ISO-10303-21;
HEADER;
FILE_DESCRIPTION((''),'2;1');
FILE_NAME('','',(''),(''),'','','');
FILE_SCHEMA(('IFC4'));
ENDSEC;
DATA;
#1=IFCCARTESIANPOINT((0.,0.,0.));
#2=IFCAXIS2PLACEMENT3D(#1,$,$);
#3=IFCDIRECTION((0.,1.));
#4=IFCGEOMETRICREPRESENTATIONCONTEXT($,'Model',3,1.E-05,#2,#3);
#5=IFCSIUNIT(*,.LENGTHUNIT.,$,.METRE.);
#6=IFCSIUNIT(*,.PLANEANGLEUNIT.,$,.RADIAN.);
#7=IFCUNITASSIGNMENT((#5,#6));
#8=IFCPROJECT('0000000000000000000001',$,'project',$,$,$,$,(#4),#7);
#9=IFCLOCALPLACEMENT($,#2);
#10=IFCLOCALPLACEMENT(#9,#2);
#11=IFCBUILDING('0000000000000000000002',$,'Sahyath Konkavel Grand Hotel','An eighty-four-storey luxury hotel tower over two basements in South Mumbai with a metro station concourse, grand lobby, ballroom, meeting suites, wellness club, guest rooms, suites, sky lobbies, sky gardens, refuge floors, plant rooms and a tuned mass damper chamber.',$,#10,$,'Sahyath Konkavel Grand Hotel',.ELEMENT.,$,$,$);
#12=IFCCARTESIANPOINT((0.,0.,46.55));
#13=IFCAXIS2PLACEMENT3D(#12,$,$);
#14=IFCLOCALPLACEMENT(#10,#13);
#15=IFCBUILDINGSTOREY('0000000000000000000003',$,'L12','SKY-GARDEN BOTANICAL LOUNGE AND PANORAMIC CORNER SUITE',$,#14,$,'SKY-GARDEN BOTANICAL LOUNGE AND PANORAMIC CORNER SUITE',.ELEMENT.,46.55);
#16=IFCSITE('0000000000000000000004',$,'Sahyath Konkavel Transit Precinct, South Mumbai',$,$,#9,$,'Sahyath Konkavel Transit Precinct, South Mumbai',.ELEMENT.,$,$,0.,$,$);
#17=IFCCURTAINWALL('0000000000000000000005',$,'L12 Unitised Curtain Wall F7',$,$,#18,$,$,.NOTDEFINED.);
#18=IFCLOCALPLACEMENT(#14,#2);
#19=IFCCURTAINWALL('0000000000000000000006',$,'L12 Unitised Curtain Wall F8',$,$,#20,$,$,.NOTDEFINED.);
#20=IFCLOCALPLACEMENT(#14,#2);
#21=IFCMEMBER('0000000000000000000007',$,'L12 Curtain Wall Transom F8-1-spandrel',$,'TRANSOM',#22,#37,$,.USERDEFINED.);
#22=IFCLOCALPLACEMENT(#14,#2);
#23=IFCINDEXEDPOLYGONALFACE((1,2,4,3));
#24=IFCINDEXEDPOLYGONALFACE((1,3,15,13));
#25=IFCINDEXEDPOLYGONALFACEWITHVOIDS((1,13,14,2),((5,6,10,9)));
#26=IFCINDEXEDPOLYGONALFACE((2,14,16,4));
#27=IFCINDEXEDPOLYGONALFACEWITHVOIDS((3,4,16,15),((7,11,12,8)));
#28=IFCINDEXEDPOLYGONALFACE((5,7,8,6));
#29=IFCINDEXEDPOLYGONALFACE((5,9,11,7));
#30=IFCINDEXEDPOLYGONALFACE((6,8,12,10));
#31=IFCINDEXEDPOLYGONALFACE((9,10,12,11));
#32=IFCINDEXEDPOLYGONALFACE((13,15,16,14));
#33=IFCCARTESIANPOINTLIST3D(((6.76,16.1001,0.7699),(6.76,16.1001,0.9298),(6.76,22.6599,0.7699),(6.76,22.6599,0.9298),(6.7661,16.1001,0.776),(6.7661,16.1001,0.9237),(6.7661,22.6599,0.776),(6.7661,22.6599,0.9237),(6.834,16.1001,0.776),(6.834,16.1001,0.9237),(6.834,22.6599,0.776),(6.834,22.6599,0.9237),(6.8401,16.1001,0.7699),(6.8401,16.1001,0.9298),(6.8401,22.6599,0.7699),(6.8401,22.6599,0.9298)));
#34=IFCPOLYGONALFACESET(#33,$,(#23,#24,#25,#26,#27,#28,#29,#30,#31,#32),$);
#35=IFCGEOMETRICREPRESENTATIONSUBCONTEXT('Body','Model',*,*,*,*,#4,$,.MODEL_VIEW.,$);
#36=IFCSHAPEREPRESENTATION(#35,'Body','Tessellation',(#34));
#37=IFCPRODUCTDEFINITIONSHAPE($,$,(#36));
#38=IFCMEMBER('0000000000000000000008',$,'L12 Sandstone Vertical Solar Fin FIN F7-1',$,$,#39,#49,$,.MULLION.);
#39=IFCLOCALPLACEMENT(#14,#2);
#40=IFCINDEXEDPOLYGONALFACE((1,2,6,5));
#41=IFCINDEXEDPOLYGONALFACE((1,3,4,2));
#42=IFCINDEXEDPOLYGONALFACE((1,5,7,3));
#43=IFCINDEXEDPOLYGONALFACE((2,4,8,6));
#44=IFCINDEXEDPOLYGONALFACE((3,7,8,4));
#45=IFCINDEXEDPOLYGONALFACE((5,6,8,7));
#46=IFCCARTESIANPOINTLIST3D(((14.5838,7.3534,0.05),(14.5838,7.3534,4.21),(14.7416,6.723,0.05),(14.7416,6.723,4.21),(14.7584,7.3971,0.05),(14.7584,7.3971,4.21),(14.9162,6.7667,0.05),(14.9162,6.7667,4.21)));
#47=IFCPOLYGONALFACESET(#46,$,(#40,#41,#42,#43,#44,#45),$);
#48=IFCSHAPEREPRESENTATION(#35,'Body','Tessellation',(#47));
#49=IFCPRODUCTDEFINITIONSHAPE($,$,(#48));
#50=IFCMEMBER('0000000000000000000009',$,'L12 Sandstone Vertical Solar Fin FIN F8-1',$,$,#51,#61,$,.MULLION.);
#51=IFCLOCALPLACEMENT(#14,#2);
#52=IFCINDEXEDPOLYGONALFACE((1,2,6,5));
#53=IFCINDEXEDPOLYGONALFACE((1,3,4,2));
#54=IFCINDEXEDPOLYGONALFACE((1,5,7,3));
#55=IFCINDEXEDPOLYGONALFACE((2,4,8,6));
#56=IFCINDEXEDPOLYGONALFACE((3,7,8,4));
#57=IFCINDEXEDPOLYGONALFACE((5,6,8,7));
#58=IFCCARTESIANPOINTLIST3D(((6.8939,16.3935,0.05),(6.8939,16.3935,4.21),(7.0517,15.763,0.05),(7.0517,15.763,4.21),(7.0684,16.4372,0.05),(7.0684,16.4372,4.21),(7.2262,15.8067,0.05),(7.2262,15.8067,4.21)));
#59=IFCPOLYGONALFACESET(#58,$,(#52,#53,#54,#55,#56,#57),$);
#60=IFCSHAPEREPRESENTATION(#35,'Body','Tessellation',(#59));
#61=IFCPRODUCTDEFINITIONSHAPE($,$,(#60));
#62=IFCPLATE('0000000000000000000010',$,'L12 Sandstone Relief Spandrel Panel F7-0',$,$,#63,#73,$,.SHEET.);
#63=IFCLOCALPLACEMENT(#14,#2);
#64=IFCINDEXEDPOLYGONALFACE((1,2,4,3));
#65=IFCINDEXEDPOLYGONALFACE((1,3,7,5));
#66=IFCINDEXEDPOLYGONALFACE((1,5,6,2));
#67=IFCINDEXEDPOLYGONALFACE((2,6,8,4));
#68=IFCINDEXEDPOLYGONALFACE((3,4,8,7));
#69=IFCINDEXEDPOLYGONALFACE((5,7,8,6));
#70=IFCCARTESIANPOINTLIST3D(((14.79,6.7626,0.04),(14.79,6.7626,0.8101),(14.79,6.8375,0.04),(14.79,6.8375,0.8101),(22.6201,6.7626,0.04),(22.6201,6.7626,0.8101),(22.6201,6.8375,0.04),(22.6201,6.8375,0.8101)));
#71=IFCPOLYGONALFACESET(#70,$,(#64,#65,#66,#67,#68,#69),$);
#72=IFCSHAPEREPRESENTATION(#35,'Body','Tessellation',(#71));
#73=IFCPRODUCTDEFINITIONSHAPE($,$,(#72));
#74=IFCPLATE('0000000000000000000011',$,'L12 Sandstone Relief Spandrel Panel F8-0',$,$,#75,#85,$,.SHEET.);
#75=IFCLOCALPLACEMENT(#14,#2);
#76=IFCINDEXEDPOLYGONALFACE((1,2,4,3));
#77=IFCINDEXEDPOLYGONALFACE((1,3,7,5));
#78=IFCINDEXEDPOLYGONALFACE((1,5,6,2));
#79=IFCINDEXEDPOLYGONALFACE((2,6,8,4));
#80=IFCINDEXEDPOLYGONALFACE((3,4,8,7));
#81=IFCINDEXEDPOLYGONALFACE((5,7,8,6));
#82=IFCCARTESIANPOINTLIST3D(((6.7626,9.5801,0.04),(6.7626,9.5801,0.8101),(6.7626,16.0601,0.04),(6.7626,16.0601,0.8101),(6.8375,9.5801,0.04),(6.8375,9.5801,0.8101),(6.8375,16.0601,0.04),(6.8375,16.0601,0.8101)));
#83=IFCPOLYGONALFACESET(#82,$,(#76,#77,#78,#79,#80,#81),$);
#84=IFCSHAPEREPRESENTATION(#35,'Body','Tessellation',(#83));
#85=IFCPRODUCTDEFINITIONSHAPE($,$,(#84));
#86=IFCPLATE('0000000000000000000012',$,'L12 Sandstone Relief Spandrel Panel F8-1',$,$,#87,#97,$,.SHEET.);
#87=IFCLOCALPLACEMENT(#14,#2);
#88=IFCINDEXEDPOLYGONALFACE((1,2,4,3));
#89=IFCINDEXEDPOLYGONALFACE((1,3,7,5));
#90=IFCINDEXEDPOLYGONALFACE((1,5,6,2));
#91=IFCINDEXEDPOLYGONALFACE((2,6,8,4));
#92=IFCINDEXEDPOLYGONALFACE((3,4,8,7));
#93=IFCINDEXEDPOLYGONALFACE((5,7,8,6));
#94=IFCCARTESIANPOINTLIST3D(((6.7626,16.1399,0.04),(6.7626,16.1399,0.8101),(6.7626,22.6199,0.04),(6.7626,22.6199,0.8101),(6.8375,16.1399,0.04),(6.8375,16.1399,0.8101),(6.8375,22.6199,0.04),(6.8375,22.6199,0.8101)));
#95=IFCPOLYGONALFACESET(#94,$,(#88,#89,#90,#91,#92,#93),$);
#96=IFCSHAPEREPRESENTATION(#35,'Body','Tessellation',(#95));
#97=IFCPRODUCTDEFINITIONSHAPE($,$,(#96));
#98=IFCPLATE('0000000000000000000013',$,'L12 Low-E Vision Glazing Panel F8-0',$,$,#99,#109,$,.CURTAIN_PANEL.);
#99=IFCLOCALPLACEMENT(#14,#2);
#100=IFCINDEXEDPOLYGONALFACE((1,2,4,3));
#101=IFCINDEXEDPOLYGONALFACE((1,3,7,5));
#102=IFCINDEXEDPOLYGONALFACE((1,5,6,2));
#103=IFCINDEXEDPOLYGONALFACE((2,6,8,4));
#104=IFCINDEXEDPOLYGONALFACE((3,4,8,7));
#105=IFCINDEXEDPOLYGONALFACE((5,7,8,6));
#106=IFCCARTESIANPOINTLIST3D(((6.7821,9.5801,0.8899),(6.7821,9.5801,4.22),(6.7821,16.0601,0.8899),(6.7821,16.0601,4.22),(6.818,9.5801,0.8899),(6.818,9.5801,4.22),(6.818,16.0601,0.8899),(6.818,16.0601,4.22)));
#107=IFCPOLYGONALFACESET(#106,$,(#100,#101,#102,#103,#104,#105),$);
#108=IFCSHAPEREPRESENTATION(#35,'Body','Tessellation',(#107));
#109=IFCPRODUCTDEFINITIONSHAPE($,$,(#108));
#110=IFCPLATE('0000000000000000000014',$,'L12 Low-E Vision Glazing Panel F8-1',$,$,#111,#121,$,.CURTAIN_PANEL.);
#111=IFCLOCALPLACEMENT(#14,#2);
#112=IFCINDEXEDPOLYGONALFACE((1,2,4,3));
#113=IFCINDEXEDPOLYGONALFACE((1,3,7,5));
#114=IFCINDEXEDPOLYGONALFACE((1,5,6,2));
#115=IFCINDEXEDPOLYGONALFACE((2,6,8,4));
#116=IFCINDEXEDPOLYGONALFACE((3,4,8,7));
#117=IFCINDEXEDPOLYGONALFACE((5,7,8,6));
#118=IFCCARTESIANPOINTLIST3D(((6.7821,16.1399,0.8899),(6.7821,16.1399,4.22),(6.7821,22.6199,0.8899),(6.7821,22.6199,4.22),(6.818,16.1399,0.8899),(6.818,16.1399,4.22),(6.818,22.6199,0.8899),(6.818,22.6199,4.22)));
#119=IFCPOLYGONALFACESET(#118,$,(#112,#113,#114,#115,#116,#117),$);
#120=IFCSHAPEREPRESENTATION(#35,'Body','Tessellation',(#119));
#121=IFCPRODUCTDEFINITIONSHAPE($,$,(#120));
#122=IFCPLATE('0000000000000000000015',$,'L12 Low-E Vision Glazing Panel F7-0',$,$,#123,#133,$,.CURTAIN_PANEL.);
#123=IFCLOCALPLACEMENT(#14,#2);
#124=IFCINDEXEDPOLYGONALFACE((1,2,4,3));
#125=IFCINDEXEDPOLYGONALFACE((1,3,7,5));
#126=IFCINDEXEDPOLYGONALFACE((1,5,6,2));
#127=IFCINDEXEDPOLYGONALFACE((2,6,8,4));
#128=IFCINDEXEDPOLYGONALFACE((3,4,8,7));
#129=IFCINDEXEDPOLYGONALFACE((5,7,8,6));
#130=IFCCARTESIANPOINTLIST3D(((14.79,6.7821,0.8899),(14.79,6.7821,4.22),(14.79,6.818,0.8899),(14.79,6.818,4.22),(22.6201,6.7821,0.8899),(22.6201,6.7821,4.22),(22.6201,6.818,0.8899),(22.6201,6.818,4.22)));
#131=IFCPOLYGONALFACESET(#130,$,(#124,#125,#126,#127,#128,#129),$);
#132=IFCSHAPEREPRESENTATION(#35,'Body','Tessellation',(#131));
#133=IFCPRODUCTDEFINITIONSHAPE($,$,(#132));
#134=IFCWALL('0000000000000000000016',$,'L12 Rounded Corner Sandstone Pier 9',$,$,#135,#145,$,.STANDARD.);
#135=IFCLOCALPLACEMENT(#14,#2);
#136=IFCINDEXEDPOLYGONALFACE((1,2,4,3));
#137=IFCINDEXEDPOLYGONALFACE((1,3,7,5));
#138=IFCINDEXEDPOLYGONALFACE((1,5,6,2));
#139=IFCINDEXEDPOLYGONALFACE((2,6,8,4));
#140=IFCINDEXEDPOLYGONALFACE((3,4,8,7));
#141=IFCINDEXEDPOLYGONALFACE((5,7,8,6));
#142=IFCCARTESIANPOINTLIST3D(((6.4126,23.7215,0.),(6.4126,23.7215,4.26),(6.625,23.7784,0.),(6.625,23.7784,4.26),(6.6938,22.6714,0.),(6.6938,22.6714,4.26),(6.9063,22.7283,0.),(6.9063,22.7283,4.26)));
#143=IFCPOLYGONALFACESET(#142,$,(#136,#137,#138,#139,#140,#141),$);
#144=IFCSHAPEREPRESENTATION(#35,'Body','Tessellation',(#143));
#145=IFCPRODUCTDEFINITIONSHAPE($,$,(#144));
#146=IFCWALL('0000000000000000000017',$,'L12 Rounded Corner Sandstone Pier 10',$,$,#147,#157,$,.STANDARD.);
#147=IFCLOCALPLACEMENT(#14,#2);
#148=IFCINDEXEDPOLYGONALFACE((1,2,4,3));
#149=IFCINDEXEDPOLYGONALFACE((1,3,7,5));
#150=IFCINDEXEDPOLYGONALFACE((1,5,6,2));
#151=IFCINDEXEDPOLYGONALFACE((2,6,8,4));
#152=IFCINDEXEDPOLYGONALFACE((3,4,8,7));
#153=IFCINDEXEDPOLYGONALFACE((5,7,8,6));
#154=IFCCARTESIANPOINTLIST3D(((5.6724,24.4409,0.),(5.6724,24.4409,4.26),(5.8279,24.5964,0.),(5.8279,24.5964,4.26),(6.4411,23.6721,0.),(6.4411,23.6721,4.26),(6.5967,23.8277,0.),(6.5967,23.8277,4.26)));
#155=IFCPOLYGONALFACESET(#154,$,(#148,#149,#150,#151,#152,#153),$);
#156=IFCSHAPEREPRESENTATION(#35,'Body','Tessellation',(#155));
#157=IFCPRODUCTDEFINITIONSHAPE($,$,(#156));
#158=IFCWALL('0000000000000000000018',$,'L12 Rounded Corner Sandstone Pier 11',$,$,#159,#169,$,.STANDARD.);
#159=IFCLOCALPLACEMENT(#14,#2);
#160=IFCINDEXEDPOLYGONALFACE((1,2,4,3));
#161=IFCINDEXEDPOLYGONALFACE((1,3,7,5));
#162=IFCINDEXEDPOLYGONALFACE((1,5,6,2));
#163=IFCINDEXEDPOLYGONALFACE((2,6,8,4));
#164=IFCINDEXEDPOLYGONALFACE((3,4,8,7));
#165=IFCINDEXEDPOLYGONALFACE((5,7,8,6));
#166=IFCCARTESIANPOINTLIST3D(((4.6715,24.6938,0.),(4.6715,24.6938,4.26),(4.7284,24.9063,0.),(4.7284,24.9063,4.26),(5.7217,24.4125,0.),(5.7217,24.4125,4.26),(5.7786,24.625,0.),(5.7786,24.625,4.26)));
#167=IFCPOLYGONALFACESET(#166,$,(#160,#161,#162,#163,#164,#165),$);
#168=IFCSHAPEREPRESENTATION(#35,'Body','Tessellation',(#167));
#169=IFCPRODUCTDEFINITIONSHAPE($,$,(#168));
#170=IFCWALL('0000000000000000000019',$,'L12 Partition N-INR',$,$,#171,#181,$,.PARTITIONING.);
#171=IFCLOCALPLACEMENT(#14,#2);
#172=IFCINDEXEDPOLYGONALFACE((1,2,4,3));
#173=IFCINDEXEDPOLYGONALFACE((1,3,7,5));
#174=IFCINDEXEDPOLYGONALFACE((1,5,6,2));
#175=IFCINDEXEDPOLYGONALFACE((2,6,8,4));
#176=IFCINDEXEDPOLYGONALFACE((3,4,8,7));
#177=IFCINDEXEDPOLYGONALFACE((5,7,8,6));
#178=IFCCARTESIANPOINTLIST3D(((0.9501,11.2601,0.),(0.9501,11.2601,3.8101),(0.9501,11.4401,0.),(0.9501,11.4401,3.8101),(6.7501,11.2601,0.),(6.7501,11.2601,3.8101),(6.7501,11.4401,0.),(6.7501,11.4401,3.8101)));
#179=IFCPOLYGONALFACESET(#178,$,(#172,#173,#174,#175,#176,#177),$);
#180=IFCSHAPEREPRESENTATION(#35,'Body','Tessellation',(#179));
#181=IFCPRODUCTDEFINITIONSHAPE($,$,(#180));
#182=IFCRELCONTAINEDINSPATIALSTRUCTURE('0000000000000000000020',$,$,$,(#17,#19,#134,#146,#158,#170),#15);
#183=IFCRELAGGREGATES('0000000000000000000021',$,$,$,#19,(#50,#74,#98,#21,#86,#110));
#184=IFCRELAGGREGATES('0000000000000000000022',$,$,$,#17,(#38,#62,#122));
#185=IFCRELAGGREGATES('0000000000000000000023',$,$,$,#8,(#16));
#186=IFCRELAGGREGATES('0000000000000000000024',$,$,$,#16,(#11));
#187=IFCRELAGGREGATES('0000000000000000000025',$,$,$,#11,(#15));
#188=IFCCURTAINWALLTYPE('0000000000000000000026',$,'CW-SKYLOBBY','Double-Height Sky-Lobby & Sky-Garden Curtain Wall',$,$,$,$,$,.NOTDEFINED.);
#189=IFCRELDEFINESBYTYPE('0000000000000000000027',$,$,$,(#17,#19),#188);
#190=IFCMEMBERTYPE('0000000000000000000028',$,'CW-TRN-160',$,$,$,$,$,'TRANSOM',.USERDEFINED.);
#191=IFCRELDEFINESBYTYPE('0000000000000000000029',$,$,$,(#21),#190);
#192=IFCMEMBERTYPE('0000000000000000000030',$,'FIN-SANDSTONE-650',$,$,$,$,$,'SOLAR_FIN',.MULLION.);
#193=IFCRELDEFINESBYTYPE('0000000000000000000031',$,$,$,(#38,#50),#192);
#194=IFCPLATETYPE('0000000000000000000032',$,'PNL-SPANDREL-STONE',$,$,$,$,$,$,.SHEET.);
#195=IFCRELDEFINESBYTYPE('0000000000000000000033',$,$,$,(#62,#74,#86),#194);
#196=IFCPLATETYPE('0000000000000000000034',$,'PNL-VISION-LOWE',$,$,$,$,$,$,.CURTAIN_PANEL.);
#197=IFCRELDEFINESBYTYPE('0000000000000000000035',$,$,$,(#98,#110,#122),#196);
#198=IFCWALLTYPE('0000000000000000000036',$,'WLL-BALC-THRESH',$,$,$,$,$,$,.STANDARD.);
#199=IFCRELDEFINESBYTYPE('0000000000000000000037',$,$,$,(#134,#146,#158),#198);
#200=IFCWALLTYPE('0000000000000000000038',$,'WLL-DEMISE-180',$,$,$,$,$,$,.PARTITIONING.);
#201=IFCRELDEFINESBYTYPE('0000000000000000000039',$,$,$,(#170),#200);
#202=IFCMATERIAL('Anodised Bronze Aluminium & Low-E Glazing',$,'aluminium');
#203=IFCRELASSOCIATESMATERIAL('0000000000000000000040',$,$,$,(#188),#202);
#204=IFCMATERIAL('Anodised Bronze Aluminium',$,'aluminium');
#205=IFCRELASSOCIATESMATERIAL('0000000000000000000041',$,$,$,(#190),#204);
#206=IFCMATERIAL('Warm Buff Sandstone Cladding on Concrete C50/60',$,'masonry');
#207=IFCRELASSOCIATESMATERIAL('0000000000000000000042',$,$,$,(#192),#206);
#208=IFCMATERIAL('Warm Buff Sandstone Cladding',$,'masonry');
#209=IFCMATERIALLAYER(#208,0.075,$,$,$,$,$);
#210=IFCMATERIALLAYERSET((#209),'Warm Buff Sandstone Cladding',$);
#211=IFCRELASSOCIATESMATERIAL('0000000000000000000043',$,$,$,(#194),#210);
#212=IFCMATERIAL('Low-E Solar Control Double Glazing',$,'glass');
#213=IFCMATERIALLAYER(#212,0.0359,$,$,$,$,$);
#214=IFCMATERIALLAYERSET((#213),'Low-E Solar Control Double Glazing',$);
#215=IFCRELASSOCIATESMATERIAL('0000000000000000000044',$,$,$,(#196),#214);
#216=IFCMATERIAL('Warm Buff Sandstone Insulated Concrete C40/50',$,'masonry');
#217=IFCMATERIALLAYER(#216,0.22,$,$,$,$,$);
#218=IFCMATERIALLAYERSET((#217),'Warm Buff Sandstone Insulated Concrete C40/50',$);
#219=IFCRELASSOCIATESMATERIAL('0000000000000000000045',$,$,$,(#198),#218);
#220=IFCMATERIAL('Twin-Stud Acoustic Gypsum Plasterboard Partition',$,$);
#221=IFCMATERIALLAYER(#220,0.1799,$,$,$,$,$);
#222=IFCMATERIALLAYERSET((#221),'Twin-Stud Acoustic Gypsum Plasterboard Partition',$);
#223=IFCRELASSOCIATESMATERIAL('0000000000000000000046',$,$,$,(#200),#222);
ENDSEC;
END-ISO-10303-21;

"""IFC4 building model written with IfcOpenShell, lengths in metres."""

from ifc_helpers import new_model, si_unit, direction, frame, frame_2d, origin, origin_2d, place, context, subcontext, project, spatial, rectangle, hollow_rectangle, extrude, source, transform, mapped, material, layer, layer_set, material_profile, profile_set, type_object, element, aggregate, save


model = new_model("IFC4")

# Units and contexts
model_context = context("Model", 3, precision=1e-05, world=origin(), true_north=direction((0.0, 1.0)))
body_context = subcontext(model_context, "Body", "Model", "MODEL_VIEW")
ifc_project = project(units=[si_unit("LENGTHUNIT", "METRE"), si_unit("PLANEANGLEUNIT", "RADIAN")], contexts=[model_context])

# Site, building, storey
site_placement = place(None, origin())
site = spatial("IfcSite", under=ifc_project, at=site_placement, Name="Sahyath Konkavel Transit Precinct, South Mumbai", LongName="Sahyath Konkavel Transit Precinct, South Mumbai", CompositionType="ELEMENT", RefElevation=0.0)
building_placement = place(site_placement, origin())
building = spatial("IfcBuilding", under=site, at=building_placement, Name="Sahyath Konkavel Grand Hotel", Description="An eighty-four-storey luxury hotel tower over two basements in South Mumbai with a metro station concourse, grand lobby, ballroom, meeting suites, wellness club, guest rooms, suites, sky lobbies, sky gardens, refuge floors, plant rooms and a tuned mass damper chamber.", LongName="Sahyath Konkavel Grand Hotel", CompositionType="ELEMENT")
storey_placement = place(building_placement, frame((0.0, 0.0, 46.55)))
storey = spatial("IfcBuildingStorey", under=building, at=storey_placement, Name="L12", Description="SKY-GARDEN BOTANICAL LOUNGE AND PANORAMIC CORNER SUITE", LongName="SKY-GARDEN BOTANICAL LOUNGE AND PANORAMIC CORNER SUITE", CompositionType="ELEMENT", Elevation=46.55)

# Curtain wall
ifc_material_1 = material(Name="Anodised Bronze Aluminium & Low-E Glazing", Category="aluminium")
curtain_wall_type = type_object("IfcCurtainWallType", Name="CW-SKYLOBBY", Description="Double-Height Sky-Lobby & Sky-Garden Curtain Wall", PredefinedType="NOTDEFINED", material=ifc_material_1)
curtain_wall_1_placement = place(storey_placement, origin())
curtain_wall_1 = element("IfcCurtainWall", 1, at=curtain_wall_1_placement, inside=storey, type_object=curtain_wall_type, Name="L12 Unitised Curtain Wall F7", PredefinedType="NOTDEFINED")
ifc_material_2 = material(Name="Anodised Bronze Aluminium", Category="aluminium")

# Curtain wall
curtain_wall_2_placement = place(storey_placement, origin())
curtain_wall_2 = element("IfcCurtainWall", 2, at=curtain_wall_2_placement, inside=storey, type_object=curtain_wall_type, Name="L12 Unitised Curtain Wall F8", PredefinedType="NOTDEFINED")

# Members
ifc_material_profile_1 = material_profile(ifc_material_2, hollow_rectangle(XDim=0.0801, YDim=0.1599, WallThickness=0.0061, at=origin_2d()), Name="RHS 160x80x6")
ifc_profile_set_1 = profile_set([ifc_material_profile_1], Name="Anodised Bronze Aluminium")
member_type_1 = type_object("IfcMemberType", Name="CW-TRN-160", ElementType="TRANSOM", PredefinedType="USERDEFINED", material=ifc_profile_set_1)
shared_shape_1 = source(origin(), body_context, "Body", "SweptSolid", [
    extrude(hollow_rectangle(XDim=0.0801, YDim=0.1599, WallThickness=0.0061, at=origin_2d()), origin(), (0.0, 0.0, 1.0), 6.5598),
])
member_1_placement = place(storey_placement, frame((6.8, 16.1001, 0.8499), z_axis=(0.0, 1.0, 0.0), x_axis=(-1.0, 0.0, 0.0)))
member_1 = element("IfcMember", 3, at=member_1_placement, type_object=member_type_1, Name="L12 Curtain Wall Transom F8-1-spandrel", ObjectType="TRANSOM", PredefinedType="USERDEFINED", context=body_context, shape_type="MappedRepresentation", body=[
    mapped(shared_shape_1, transform((0.0, 0.0, 0.0), scale=1.0)),
])
ifc_material_3 = material(Name="Warm Buff Sandstone Cladding on Concrete C50/60", Category="masonry")
ifc_material_profile_2 = material_profile(ifc_material_3, rectangle(XDim=0.1799, YDim=0.6499, at=origin_2d()), Name="FIN 180x650")
ifc_profile_set_2 = profile_set([ifc_material_profile_2], Name="Warm Buff Sandstone Cladding on Concrete C50/60")
member_type_2 = type_object("IfcMemberType", Name="FIN-SANDSTONE-650", ElementType="SOLAR_FIN", PredefinedType="MULLION", material=ifc_profile_set_2)
shared_shape_2 = source(origin(), body_context, "Body", "SweptSolid", [
    extrude(rectangle(XDim=0.1799, YDim=0.6499, at=origin_2d()), origin(), (0.0, 0.0, 1.0), 4.1599),
])
member_2_placement = place(storey_placement, frame((14.75, 7.0601, 0.05), z_axis=(0.0, 0.0, 1.0), x_axis=(0.970084, 0.242769, 0.0)))
member_2 = element("IfcMember", 4, at=member_2_placement, type_object=member_type_2, Name="L12 Sandstone Vertical Solar Fin FIN F7-1", PredefinedType="MULLION", context=body_context, shape_type="MappedRepresentation", body=[
    mapped(shared_shape_2, transform((0.0, 0.0, 0.0), scale=1.0)),
])
member_3_placement = place(storey_placement, frame((7.0601, 16.1001, 0.05), z_axis=(0.0, 0.0, 1.0), x_axis=(0.970084, 0.242769, 0.0)))
member_3 = element("IfcMember", 5, at=member_3_placement, type_object=member_type_2, Name="L12 Sandstone Vertical Solar Fin FIN F8-1", PredefinedType="MULLION", context=body_context, shape_type="MappedRepresentation", body=[
    mapped(shared_shape_2, transform((0.0, 0.0, 0.0), scale=1.0)),
])

# Plates
ifc_material_4 = material(Name="Warm Buff Sandstone Cladding", Category="masonry")
ifc_layer_1 = layer(ifc_material_4, 0.075)
ifc_layer_set_1 = layer_set([ifc_layer_1], Name="Warm Buff Sandstone Cladding")
plate_type_1 = type_object("IfcPlateType", Name="PNL-SPANDREL-STONE", PredefinedType="SHEET", material=ifc_layer_set_1)
shared_shape_3 = source(origin(), body_context, "Body", "SweptSolid", [
    extrude(rectangle(XDim=7.8301, YDim=0.075, at=origin_2d()), origin(), (0.0, 0.0, 1.0), 0.77),
])
plate_1_placement = place(storey_placement, frame((18.7051, 6.8, 0.04), z_axis=(0.0, 0.0, 1.0), x_axis=(-1.0, 0.0, 0.0)))
plate_1 = element("IfcPlate", 6, at=plate_1_placement, type_object=plate_type_1, Name="L12 Sandstone Relief Spandrel Panel F7-0", PredefinedType="SHEET", context=body_context, shape_type="MappedRepresentation", body=[
    mapped(shared_shape_3, transform((0.0, 0.0, 0.0), scale=1.0)),
])
shared_shape_4 = source(origin(), body_context, "Body", "SweptSolid", [
    extrude(rectangle(XDim=6.48, YDim=0.075, at=origin_2d()), origin(), (0.0, 0.0, 1.0), 0.77),
])
plate_2_placement = place(storey_placement, frame((6.8, 12.8201, 0.04), z_axis=(0.0, 0.0, 1.0), x_axis=(0.0, 1.0, 0.0)))
plate_2 = element("IfcPlate", 7, at=plate_2_placement, type_object=plate_type_1, Name="L12 Sandstone Relief Spandrel Panel F8-0", PredefinedType="SHEET", context=body_context, shape_type="MappedRepresentation", body=[
    mapped(shared_shape_4, transform((0.0, 0.0, 0.0), scale=1.0)),
])
plate_3_placement = place(storey_placement, frame((6.8, 19.3799, 0.04), z_axis=(0.0, 0.0, 1.0), x_axis=(0.0, 1.0, 0.0)))
plate_3 = element("IfcPlate", 8, at=plate_3_placement, type_object=plate_type_1, Name="L12 Sandstone Relief Spandrel Panel F8-1", PredefinedType="SHEET", context=body_context, shape_type="MappedRepresentation", body=[
    mapped(shared_shape_4, transform((0.0, 0.0, 0.0), scale=1.0)),
])
ifc_material_5 = material(Name="Low-E Solar Control Double Glazing", Category="glass")
ifc_layer_2 = layer(ifc_material_5, 0.0359)
ifc_layer_set_2 = layer_set([ifc_layer_2], Name="Low-E Solar Control Double Glazing")
plate_type_2 = type_object("IfcPlateType", Name="PNL-VISION-LOWE", PredefinedType="CURTAIN_PANEL", material=ifc_layer_set_2)
shared_shape_5 = source(origin(), body_context, "Body", "SweptSolid", [
    extrude(rectangle(XDim=6.48, YDim=0.0359, at=origin_2d()), origin(), (0.0, 0.0, 1.0), 3.3301),
])
plate_4_placement = place(storey_placement, frame((6.8, 12.8201, 0.8899), z_axis=(0.0, 0.0, 1.0), x_axis=(0.0, 1.0, 0.0)))
plate_4 = element("IfcPlate", 9, at=plate_4_placement, type_object=plate_type_2, Name="L12 Low-E Vision Glazing Panel F8-0", PredefinedType="CURTAIN_PANEL", context=body_context, shape_type="MappedRepresentation", body=[
    mapped(shared_shape_5, transform((0.0, 0.0, 0.0), scale=1.0)),
])
plate_5_placement = place(storey_placement, frame((6.8, 19.3799, 0.8899), z_axis=(0.0, 0.0, 1.0), x_axis=(0.0, 1.0, 0.0)))
plate_5 = element("IfcPlate", 10, at=plate_5_placement, type_object=plate_type_2, Name="L12 Low-E Vision Glazing Panel F8-1", PredefinedType="CURTAIN_PANEL", context=body_context, shape_type="MappedRepresentation", body=[
    mapped(shared_shape_5, transform((0.0, 0.0, 0.0), scale=1.0)),
])
aggregate(curtain_wall_2, [member_3, plate_2, plate_4, member_1, plate_3, plate_5])
shared_shape_6 = source(origin(), body_context, "Body", "SweptSolid", [
    extrude(rectangle(XDim=7.8301, YDim=0.0359, at=origin_2d()), origin(), (0.0, 0.0, 1.0), 3.3301),
])
plate_6_placement = place(storey_placement, frame((18.7051, 6.8, 0.8899), z_axis=(0.0, 0.0, 1.0), x_axis=(-1.0, 0.0, 0.0)))
plate_6 = element("IfcPlate", 11, at=plate_6_placement, type_object=plate_type_2, Name="L12 Low-E Vision Glazing Panel F7-0", PredefinedType="CURTAIN_PANEL", context=body_context, shape_type="MappedRepresentation", body=[
    mapped(shared_shape_6, transform((0.0, 0.0, 0.0), scale=1.0)),
])
aggregate(curtain_wall_1, [member_2, plate_1, plate_6])

# Walls
ifc_material_6 = material(Name="Warm Buff Sandstone Insulated Concrete C40/50", Category="masonry")
ifc_layer_3 = layer(ifc_material_6, 0.22)
ifc_layer_set_3 = layer_set([ifc_layer_3], Name="Warm Buff Sandstone Insulated Concrete C40/50")
wall_type_1 = type_object("IfcWallType", Name="WLL-BALC-THRESH", PredefinedType="STANDARD", material=ifc_layer_set_3)
for number, where, z_axis, x_axis, name in (
    (12, (6.8, 22.7, 0.0), (0.0, 0.0, 1.0), (-0.258725, 0.965951, 0.0), "L12 Rounded Corner Sandstone Pier 9"),
    (13, (6.5188, 23.75, 0.0), (0.0, 0.0, 1.0), (-0.707107, 0.707107, 0.0), "L12 Rounded Corner Sandstone Pier 10"),
    (14, (5.75, 24.5188, 0.0), (0.0, 0.0, 1.0), (-0.965951, 0.258725, 0.0), "L12 Rounded Corner Sandstone Pier 11"),
):
    element("IfcWall", number, at=place(storey_placement, frame(where, z_axis=z_axis, x_axis=x_axis)), inside=storey, type_object=wall_type_1, Name=name, PredefinedType="STANDARD", context=body_context, shape_type="SweptSolid", body=[
        extrude(rectangle(XDim=1.0872, YDim=0.22, at=frame_2d((0.5435, 0.0))), origin(), (0.0, 0.0, 1.0), 4.26),
    ])
ifc_material_7 = material(Name="Twin-Stud Acoustic Gypsum Plasterboard Partition")
ifc_layer_4 = layer(ifc_material_7, 0.1799)
ifc_layer_set_4 = layer_set([ifc_layer_4], Name="Twin-Stud Acoustic Gypsum Plasterboard Partition")
wall_type_2 = type_object("IfcWallType", Name="WLL-DEMISE-180", PredefinedType="PARTITIONING", material=ifc_layer_set_4)
wall_1_placement = place(storey_placement, frame((6.75, 11.3501, 0.0), z_axis=(0.0, 0.0, 1.0), x_axis=(-1.0, 0.0, 0.0)))
element("IfcWall", 15, at=wall_1_placement, inside=storey, type_object=wall_type_2, Name="L12 Partition N-INR", PredefinedType="PARTITIONING", context=body_context, shape_type="SweptSolid", body=[
    extrude(rectangle(XDim=5.8, YDim=0.1799, at=frame_2d((2.8999, 0.0))), origin(), (0.0, 0.0, 1.0), 3.8101),
])

save(model, "model.ifc")
